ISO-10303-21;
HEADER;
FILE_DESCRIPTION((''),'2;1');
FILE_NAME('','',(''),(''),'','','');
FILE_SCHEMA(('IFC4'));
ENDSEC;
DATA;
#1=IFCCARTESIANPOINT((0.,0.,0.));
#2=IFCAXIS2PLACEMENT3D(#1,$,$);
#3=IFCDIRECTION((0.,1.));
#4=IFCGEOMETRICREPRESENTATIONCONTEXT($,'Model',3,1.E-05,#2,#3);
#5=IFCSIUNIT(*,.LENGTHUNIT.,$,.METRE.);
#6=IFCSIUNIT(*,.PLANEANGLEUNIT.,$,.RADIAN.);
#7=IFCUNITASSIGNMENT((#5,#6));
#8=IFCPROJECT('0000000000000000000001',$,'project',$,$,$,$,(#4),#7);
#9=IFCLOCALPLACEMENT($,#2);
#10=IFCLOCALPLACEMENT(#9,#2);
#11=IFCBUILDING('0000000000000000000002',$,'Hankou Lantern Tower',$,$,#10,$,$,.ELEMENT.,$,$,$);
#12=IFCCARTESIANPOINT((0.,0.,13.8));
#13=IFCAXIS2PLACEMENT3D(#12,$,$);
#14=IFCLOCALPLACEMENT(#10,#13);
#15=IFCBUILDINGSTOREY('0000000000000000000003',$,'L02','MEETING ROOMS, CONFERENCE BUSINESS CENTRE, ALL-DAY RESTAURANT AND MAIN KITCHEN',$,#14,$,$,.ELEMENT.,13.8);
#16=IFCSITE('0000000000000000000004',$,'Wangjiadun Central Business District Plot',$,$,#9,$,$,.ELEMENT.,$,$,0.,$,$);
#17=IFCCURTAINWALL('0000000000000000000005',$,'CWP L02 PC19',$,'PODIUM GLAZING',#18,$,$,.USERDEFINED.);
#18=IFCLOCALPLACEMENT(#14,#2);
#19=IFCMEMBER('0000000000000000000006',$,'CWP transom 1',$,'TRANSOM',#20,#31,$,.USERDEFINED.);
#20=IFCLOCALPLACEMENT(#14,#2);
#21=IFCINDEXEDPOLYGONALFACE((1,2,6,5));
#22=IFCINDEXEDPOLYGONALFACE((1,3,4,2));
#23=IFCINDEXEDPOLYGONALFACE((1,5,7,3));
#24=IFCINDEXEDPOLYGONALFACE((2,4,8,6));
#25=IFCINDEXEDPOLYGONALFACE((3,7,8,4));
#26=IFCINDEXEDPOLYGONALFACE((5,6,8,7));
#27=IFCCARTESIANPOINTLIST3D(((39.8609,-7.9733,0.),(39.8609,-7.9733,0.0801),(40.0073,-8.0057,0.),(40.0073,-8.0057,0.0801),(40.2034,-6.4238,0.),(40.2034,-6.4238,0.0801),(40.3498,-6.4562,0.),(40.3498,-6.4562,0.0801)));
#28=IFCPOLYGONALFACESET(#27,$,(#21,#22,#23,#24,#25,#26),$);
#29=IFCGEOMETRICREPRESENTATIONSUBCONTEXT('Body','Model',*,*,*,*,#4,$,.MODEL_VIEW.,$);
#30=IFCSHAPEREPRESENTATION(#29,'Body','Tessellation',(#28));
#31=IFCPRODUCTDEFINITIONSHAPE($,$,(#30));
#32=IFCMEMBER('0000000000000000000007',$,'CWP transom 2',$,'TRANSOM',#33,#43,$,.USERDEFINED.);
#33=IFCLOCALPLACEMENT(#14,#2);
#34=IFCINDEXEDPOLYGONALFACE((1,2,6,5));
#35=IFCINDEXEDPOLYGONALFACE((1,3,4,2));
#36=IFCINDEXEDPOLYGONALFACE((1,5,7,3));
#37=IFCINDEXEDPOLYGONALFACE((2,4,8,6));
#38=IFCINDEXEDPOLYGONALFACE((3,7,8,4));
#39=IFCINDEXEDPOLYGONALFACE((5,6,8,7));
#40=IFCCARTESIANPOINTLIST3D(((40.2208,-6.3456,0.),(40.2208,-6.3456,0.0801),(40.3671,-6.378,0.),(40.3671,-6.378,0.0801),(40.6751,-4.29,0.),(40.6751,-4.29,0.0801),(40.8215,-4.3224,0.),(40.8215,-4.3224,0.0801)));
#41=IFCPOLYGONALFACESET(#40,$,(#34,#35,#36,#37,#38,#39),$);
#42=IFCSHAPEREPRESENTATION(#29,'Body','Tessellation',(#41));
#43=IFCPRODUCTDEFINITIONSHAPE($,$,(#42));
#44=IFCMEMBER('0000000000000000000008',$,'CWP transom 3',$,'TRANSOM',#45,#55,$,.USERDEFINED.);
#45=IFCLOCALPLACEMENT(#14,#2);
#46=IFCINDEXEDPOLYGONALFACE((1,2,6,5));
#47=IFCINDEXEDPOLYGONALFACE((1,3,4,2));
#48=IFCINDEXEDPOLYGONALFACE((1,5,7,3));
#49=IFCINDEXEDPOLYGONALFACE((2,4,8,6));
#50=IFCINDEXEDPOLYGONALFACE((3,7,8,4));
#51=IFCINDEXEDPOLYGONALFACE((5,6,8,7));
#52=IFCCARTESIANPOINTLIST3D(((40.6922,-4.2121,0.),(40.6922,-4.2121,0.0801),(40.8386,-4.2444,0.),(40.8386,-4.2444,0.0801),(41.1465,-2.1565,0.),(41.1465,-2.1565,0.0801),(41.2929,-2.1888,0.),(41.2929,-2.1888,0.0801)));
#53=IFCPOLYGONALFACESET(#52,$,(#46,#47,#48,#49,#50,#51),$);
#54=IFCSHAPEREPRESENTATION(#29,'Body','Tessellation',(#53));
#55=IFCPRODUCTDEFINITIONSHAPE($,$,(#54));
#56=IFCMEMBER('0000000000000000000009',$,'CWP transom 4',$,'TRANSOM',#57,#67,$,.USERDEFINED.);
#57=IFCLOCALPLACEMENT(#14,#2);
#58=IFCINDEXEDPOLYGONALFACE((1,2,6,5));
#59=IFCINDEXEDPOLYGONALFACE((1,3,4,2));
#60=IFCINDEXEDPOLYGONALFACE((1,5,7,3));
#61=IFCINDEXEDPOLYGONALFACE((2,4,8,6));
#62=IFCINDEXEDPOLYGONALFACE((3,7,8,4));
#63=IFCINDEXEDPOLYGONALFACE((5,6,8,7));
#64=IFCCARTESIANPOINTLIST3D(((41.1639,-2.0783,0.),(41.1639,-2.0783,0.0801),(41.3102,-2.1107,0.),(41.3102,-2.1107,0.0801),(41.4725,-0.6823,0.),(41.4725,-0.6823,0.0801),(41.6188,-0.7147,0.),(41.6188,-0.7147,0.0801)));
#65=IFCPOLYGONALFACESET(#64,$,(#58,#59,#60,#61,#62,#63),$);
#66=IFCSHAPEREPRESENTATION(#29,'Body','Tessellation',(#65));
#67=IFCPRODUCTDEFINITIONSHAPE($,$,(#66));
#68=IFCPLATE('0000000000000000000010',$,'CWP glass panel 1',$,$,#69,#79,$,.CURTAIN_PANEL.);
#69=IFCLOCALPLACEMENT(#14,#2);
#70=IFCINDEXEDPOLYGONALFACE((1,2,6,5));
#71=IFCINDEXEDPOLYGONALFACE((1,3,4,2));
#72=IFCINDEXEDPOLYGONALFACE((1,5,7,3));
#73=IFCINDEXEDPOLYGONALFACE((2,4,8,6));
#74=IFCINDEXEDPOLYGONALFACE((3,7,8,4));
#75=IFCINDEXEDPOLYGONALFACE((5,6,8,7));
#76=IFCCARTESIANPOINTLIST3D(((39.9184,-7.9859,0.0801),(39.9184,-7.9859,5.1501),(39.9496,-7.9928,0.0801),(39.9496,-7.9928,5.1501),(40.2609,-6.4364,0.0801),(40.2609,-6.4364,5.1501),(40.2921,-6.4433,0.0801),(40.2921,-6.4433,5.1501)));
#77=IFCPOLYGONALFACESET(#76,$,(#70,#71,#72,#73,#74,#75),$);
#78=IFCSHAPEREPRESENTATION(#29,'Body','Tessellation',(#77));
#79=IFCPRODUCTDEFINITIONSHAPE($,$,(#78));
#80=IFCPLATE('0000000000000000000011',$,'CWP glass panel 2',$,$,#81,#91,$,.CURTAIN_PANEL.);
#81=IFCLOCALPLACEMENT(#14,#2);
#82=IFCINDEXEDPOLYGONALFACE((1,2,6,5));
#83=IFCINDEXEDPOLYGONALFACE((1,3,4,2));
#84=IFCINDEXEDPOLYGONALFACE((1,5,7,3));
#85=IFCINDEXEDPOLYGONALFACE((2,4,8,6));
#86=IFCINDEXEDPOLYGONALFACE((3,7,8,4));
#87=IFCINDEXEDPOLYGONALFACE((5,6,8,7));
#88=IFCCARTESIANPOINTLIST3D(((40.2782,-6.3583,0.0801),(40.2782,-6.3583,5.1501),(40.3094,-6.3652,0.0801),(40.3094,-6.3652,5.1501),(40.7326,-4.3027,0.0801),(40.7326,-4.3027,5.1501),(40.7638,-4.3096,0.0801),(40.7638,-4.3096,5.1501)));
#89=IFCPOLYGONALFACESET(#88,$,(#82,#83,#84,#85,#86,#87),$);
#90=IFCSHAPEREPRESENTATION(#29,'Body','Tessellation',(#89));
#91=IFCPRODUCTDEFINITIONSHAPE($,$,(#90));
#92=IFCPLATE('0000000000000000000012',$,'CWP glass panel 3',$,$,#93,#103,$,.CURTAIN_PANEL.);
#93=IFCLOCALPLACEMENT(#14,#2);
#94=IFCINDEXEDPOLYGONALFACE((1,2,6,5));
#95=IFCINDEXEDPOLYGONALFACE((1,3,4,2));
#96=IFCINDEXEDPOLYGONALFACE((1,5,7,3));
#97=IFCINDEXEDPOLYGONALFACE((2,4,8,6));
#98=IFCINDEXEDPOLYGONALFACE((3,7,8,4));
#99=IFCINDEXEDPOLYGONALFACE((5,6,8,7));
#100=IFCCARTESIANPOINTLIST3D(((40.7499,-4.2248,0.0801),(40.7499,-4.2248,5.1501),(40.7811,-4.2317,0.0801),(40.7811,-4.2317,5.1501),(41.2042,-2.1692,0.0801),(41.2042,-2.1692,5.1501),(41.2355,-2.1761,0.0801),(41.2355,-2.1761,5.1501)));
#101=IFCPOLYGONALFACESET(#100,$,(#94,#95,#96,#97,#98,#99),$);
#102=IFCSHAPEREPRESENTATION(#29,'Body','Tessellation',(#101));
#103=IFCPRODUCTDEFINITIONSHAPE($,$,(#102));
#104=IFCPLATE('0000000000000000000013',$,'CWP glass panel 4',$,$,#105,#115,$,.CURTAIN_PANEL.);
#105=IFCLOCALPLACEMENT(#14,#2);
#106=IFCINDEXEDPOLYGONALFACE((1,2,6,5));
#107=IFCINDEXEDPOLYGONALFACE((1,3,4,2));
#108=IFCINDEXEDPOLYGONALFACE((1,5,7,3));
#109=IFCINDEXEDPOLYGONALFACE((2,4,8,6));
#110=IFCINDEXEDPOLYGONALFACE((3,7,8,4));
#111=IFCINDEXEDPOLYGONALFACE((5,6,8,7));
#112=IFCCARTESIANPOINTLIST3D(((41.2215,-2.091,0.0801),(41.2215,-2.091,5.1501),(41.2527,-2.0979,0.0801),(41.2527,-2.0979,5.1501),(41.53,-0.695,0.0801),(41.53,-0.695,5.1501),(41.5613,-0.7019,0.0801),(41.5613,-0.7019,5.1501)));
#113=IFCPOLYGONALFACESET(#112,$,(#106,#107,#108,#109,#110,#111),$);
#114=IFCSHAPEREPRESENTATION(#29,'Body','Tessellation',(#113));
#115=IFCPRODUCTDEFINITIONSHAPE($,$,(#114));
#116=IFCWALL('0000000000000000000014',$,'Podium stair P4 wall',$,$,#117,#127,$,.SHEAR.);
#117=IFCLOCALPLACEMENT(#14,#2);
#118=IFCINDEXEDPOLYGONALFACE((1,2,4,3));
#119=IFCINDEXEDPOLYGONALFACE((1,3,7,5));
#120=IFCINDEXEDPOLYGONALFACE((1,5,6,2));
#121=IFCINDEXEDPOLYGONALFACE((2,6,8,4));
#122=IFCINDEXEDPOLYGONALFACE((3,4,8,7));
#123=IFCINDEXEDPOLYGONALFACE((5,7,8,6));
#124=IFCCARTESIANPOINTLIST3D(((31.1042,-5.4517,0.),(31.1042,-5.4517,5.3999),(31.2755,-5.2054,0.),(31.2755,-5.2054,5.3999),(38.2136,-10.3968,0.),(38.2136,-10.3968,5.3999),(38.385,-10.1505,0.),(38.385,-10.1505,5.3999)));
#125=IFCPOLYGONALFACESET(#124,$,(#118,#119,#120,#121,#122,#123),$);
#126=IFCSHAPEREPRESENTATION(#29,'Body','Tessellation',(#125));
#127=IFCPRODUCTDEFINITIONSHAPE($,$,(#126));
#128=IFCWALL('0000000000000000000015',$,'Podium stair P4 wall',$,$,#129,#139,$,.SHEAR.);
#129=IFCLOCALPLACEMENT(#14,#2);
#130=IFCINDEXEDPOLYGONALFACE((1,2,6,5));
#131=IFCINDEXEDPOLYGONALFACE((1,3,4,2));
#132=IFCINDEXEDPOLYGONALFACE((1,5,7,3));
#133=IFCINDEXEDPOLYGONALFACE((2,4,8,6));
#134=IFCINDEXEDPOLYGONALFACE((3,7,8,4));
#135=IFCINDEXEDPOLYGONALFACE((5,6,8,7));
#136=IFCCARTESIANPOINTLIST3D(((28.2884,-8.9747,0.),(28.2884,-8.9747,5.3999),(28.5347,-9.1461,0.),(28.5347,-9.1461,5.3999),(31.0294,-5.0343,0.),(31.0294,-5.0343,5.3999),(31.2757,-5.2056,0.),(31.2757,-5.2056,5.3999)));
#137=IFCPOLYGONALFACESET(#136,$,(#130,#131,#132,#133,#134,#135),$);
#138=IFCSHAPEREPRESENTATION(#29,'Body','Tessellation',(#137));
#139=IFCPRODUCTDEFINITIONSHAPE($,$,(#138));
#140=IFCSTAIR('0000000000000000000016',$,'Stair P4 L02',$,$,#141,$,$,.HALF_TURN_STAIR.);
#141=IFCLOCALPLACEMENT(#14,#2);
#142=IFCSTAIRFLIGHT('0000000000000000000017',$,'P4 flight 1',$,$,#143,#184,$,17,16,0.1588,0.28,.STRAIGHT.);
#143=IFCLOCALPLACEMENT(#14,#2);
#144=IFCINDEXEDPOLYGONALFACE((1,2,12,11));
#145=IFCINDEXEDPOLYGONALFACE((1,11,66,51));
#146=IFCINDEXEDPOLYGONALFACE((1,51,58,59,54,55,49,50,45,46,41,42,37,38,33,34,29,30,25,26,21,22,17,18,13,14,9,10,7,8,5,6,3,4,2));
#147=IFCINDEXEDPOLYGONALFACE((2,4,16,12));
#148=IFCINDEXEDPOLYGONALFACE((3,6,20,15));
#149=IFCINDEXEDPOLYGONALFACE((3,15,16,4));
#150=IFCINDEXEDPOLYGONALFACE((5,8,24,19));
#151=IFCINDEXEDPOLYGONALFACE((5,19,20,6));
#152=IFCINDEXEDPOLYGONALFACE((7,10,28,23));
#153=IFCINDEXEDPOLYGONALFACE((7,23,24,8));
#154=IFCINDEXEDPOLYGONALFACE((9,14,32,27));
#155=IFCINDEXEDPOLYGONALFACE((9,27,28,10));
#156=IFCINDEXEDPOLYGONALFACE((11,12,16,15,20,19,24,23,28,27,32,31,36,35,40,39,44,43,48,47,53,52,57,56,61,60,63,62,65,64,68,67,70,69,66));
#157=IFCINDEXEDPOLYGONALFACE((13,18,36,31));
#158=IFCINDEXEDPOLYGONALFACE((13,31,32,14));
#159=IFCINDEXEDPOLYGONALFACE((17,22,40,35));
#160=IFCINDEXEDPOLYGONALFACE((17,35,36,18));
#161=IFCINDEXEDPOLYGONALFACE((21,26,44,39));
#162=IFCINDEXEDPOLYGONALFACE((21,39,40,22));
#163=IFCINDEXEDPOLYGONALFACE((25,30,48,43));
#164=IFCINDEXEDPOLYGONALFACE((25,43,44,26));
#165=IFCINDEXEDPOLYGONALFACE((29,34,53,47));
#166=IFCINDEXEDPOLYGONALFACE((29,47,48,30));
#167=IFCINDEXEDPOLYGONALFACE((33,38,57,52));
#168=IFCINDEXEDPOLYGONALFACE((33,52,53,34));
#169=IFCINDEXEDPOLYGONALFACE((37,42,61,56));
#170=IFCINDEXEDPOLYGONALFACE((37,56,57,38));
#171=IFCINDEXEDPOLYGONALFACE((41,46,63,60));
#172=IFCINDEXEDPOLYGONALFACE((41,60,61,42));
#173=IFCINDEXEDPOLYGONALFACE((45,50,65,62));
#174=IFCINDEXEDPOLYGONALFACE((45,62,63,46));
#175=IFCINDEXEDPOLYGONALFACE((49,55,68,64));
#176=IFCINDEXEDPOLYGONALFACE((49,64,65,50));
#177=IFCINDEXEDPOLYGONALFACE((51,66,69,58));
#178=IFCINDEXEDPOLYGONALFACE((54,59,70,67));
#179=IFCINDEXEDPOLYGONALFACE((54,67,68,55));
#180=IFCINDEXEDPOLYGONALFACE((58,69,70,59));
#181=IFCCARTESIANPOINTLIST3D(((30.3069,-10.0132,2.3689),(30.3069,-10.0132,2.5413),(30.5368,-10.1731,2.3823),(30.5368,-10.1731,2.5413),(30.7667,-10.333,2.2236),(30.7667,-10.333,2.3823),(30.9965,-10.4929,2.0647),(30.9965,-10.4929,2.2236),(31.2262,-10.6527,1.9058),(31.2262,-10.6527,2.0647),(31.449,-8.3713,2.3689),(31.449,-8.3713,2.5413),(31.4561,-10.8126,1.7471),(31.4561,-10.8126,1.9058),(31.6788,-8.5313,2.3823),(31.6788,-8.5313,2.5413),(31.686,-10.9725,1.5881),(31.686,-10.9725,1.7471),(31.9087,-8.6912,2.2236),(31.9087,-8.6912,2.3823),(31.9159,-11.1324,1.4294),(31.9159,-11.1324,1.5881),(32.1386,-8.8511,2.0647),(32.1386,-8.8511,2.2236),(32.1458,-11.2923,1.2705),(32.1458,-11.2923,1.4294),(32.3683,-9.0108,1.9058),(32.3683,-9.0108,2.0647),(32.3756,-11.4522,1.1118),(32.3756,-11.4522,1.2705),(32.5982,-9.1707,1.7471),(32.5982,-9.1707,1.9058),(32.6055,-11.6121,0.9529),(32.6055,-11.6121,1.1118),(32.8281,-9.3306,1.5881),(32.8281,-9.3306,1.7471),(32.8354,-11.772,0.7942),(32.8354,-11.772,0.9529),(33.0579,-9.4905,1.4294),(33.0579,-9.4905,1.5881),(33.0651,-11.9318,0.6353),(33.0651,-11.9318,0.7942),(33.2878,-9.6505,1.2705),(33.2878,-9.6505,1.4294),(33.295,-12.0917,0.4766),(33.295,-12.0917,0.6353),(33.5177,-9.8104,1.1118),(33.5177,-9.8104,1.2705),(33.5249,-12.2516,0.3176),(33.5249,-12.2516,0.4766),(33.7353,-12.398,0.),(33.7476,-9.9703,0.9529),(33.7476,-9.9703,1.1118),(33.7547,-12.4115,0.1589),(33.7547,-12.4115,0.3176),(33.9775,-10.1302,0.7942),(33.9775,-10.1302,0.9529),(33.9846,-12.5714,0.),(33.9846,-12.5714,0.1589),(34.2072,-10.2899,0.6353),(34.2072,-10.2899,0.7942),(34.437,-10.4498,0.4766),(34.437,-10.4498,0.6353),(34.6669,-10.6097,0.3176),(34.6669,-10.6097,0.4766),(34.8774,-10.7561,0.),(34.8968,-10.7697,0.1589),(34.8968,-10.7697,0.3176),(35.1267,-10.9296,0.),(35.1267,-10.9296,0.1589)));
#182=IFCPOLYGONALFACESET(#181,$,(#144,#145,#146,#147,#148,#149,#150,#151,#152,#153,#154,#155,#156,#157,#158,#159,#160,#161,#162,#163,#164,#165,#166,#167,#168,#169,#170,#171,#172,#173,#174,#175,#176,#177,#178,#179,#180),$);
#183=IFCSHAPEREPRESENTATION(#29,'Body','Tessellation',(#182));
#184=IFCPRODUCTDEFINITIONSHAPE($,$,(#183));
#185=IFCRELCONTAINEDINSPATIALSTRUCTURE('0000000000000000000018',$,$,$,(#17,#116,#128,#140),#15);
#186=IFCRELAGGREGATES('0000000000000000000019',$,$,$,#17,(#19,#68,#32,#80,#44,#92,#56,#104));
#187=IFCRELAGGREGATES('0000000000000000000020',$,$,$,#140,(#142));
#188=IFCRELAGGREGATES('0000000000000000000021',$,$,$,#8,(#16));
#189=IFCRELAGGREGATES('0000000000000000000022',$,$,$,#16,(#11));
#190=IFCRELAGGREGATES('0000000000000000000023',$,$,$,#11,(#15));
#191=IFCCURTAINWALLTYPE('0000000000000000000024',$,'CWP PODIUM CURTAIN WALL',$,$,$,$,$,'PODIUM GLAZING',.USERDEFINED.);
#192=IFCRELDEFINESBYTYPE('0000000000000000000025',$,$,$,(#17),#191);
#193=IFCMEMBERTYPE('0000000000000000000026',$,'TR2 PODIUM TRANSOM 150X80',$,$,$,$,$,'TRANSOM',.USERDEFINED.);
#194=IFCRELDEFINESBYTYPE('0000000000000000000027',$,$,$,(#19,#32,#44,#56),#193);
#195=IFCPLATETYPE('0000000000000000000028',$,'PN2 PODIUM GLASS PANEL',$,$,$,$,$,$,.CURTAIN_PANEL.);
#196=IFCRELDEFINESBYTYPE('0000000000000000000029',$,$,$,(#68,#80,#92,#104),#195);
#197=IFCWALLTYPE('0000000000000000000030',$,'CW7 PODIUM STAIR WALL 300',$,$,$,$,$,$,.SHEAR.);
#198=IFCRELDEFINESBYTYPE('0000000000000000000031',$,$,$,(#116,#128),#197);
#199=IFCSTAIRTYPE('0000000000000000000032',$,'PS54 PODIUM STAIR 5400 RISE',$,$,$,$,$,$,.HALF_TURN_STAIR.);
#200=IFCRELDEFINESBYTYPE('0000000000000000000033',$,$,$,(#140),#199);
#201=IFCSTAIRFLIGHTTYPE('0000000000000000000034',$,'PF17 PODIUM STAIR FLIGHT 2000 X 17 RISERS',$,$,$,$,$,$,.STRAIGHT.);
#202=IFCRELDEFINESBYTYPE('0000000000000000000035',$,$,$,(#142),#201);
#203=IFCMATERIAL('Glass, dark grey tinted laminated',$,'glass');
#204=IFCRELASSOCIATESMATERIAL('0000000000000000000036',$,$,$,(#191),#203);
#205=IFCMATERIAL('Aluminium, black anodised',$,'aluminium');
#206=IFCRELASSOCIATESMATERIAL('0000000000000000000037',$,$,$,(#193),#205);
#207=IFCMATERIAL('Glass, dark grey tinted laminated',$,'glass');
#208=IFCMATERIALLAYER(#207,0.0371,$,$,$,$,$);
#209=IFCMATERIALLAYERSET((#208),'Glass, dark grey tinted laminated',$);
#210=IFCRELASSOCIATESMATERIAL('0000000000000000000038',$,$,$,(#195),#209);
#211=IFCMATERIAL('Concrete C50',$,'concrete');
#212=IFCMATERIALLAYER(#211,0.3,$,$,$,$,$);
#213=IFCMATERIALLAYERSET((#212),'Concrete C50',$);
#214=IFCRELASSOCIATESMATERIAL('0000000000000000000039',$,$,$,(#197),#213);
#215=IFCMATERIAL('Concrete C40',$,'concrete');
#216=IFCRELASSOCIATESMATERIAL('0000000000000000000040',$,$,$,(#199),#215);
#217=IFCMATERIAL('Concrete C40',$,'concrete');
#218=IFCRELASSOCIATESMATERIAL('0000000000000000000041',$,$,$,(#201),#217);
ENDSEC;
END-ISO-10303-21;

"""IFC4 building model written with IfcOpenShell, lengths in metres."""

from ifc_helpers import new_model, si_unit, direction, frame, frame_2d, origin, origin_2d, place, context, subcontext, project, spatial, polyline, rectangle, outline, extrude, material, layer, layer_set, material_profile, profile_set, type_object, element, aggregate, save


model = new_model("IFC4")

# Units and contexts
model_context = context("Model", 3, precision=1e-05, world=origin(), true_north=direction((0.0, 1.0)))
body_context = subcontext(model_context, "Body", "Model", "MODEL_VIEW")
ifc_project = project(units=[si_unit("LENGTHUNIT", "METRE"), si_unit("PLANEANGLEUNIT", "RADIAN")], contexts=[model_context])

# Site, building, storey
site_placement = place(None, origin())
site = spatial("IfcSite", under=ifc_project, at=site_placement, Name="Wangjiadun Central Business District Plot", CompositionType="ELEMENT", RefElevation=0.0)
building_placement = place(site_placement, origin())
building = spatial("IfcBuilding", under=site, at=building_placement, Name="Hankou Lantern Tower", CompositionType="ELEMENT")
storey_placement = place(building_placement, frame((0.0, 0.0, 13.8)))
storey = spatial("IfcBuildingStorey", under=building, at=storey_placement, Name="L02", Description="MEETING ROOMS, CONFERENCE BUSINESS CENTRE, ALL-DAY RESTAURANT AND MAIN KITCHEN", CompositionType="ELEMENT", Elevation=13.8)

# Curtain wall
ifc_material_1 = material(Name="Glass, dark grey tinted laminated", Category="glass")
curtain_wall_type = type_object("IfcCurtainWallType", Name="CWP PODIUM CURTAIN WALL", ElementType="PODIUM GLAZING", PredefinedType="USERDEFINED", material=ifc_material_1)
curtain_wall_placement = place(storey_placement, origin())
curtain_wall = element("IfcCurtainWall", 1, at=curtain_wall_placement, inside=storey, type_object=curtain_wall_type, Name="CWP L02 PC19", ObjectType="PODIUM GLAZING", PredefinedType="USERDEFINED")

# Members
ifc_material_2 = material(Name="Aluminium, black anodised", Category="aluminium")
ifc_material_profile_1 = material_profile(ifc_material_2, rectangle(XDim=0.1499, YDim=0.0801, at=origin_2d()), Name="TR2 150X80")
ifc_profile_set_1 = profile_set([ifc_material_profile_1], Name="Aluminium, black anodised")
member_type_1 = type_object("IfcMemberType", Name="TR2 PODIUM TRANSOM 150X80", ElementType="TRANSOM", PredefinedType="USERDEFINED", material=ifc_profile_set_1)
member_1_placement = place(storey_placement, frame((39.9341, -7.9895, 0.04), z_axis=(0.215839, 0.976429, 0.0), x_axis=(-0.976429, 0.215839, 0.0)))
member_1 = element("IfcMember", 2, at=member_1_placement, type_object=member_type_1, Name="CWP transom 1", ObjectType="TRANSOM", PredefinedType="USERDEFINED", context=body_context, shape_type="SweptSolid", body=[
    extrude(rectangle(XDim=0.1499, YDim=0.0801, at=origin_2d()), origin(), (0.0, 0.0, 1.0), 1.5869),
])
member_2_placement = place(storey_placement, frame((40.2939, -6.3618, 0.04), z_axis=(0.215813, 0.976435, 0.0), x_axis=(-0.976435, 0.215813, 0.0)))
member_2 = element("IfcMember", 3, at=member_2_placement, type_object=member_type_1, Name="CWP transom 2", ObjectType="TRANSOM", PredefinedType="USERDEFINED", context=body_context, shape_type="SweptSolid", body=[
    extrude(rectangle(XDim=0.1499, YDim=0.0801, at=origin_2d()), origin(), (0.0, 0.0, 1.0), 2.1052),
])
member_3_placement = place(storey_placement, frame((40.7654, -4.2283, 0.04), z_axis=(0.215813, 0.976435, 0.0), x_axis=(-0.976435, 0.215813, 0.0)))
member_3 = element("IfcMember", 4, at=member_3_placement, type_object=member_type_1, Name="CWP transom 3", ObjectType="TRANSOM", PredefinedType="USERDEFINED", context=body_context, shape_type="SweptSolid", body=[
    extrude(rectangle(XDim=0.1499, YDim=0.0801, at=origin_2d()), origin(), (0.0, 0.0, 1.0), 2.1052),
])
member_4_placement = place(storey_placement, frame((41.2371, -2.0945, 0.04), z_axis=(0.215845, 0.976428, 0.0), x_axis=(-0.976428, 0.215845, 0.0)))
member_4 = element("IfcMember", 5, at=member_4_placement, type_object=member_type_1, Name="CWP transom 4", ObjectType="TRANSOM", PredefinedType="USERDEFINED", context=body_context, shape_type="SweptSolid", body=[
    extrude(rectangle(XDim=0.1499, YDim=0.0801, at=origin_2d()), origin(), (0.0, 0.0, 1.0), 1.4297),
])

# Plates
ifc_material_3 = material(Name="Glass, dark grey tinted laminated", Category="glass")
ifc_layer_1 = layer(ifc_material_3, 0.0371)
ifc_layer_set_1 = layer_set([ifc_layer_1], Name="Glass, dark grey tinted laminated")
plate_type = type_object("IfcPlateType", Name="PN2 PODIUM GLASS PANEL", PredefinedType="CURTAIN_PANEL", material=ifc_layer_set_1)
plate_1_placement = place(storey_placement, frame((40.1052, -7.2146, 0.0801), z_axis=(0.0, 0.0, 1.0), x_axis=(0.215821, 0.976433, 0.0)))
plate_1 = element("IfcPlate", 6, at=plate_1_placement, type_object=plate_type, Name="CWP glass panel 1", PredefinedType="CURTAIN_PANEL", context=body_context, shape_type="SweptSolid", body=[
    extrude(rectangle(XDim=1.5869, YDim=0.032, at=origin_2d()), origin(), (0.0, 0.0, 1.0), 5.0701),
])
plate_2_placement = place(storey_placement, frame((40.521, -5.334, 0.0801), z_axis=(0.0, 0.0, 1.0), x_axis=(0.215821, 0.976433, 0.0)))
plate_2 = element("IfcPlate", 7, at=plate_2_placement, type_object=plate_type, Name="CWP glass panel 2", PredefinedType="CURTAIN_PANEL", context=body_context, shape_type="SweptSolid", body=[
    extrude(rectangle(XDim=2.1052, YDim=0.032, at=origin_2d()), origin(), (0.0, 0.0, 1.0), 5.0701),
])
plate_3_placement = place(storey_placement, frame((40.9927, -3.2004, 0.0801), z_axis=(0.0, 0.0, 1.0), x_axis=(0.215821, 0.976433, 0.0)))
plate_3 = element("IfcPlate", 8, at=plate_3_placement, type_object=plate_type, Name="CWP glass panel 3", PredefinedType="CURTAIN_PANEL", context=body_context, shape_type="SweptSolid", body=[
    extrude(rectangle(XDim=2.1052, YDim=0.032, at=origin_2d()), origin(), (0.0, 0.0, 1.0), 5.0701),
])
plate_4_placement = place(storey_placement, frame((41.3914, -1.3965, 0.0801), z_axis=(0.0, 0.0, 1.0), x_axis=(0.215821, 0.976433, 0.0)))
plate_4 = element("IfcPlate", 9, at=plate_4_placement, type_object=plate_type, Name="CWP glass panel 4", PredefinedType="CURTAIN_PANEL", context=body_context, shape_type="SweptSolid", body=[
    extrude(rectangle(XDim=1.4297, YDim=0.032, at=origin_2d()), origin(), (0.0, 0.0, 1.0), 5.0701),
])
aggregate(curtain_wall, [member_1, plate_1, member_2, plate_2, member_3, plate_3, member_4, plate_4])

# Walls
ifc_material_4 = material(Name="Concrete C50", Category="concrete")
ifc_layer_2 = layer(ifc_material_4, 0.3)
ifc_layer_set_2 = layer_set([ifc_layer_2], Name="Concrete C50")
wall_type = type_object("IfcWallType", Name="CW7 PODIUM STAIR WALL 300", PredefinedType="SHEAR", material=ifc_layer_set_2)
wall_1_placement = place(storey_placement, frame((38.2993, -10.2737, 0.0), z_axis=(0.0, 0.0, 1.0), x_axis=(-0.820937, 0.571019, 0.0)))
element("IfcWall", 10, at=wall_1_placement, inside=storey, type_object=wall_type, Name="Podium stair P4 wall", PredefinedType="SHEAR", context=body_context, shape_type="SweptSolid", body=[
    extrude(rectangle(XDim=8.6602, YDim=0.3, at=frame_2d((4.3301, 0.0))), origin(), (0.0, 0.0, 1.0), 5.3999),
])
wall_2_placement = place(storey_placement, frame((28.4116, -9.0603, 0.0), z_axis=(0.0, 0.0, 1.0), x_axis=(0.571036, 0.820925, 0.0)))
element("IfcWall", 11, at=wall_2_placement, inside=storey, type_object=wall_type, Name="Podium stair P4 wall", PredefinedType="SHEAR", context=body_context, shape_type="SweptSolid", body=[
    extrude(rectangle(XDim=4.8, YDim=0.3, at=frame_2d((2.3999, 0.0))), origin(), (0.0, 0.0, 1.0), 5.3999),
])

# Stair, stair flight
ifc_material_5 = material(Name="Concrete C40", Category="concrete")
stair_type = type_object("IfcStairType", Name="PS54 PODIUM STAIR 5400 RISE", PredefinedType="HALF_TURN_STAIR", material=ifc_material_5)
stair_placement = place(storey_placement, origin())
stair = element("IfcStair", 12, at=stair_placement, inside=storey, type_object=stair_type, Name="Stair P4 L02", PredefinedType="HALF_TURN_STAIR")
ifc_material_6 = material(Name="Concrete C40", Category="concrete")
stair_flight_type = type_object("IfcStairFlightType", Name="PF17 PODIUM STAIR FLIGHT 2000 X 17 RISERS", PredefinedType="STRAIGHT", material=ifc_material_6)
stair_flight_1_placement = place(storey_placement, frame((34.5557, -11.7505, 0.0), z_axis=(0.0, 0.0, 1.0), x_axis=(-0.820927, 0.571033, 0.0)))
stair_flight_1 = element("IfcStairFlight", 13, at=stair_flight_1_placement, type_object=stair_flight_type, Name="P4 flight 1", NumberOfRisers=17, NumberOfTreads=16, PredefinedType="STRAIGHT", RiserHeight=0.1588, TreadLength=0.28, context=body_context, shape_type="SweptSolid", body=[
    extrude(outline(polyline([(0.0, 0.0), (0.0, 0.1589), (0.28, 0.1589), (0.28, 0.3176), (0.5601, 0.3176), (0.5601, 0.4766), (0.8401, 0.4766), (0.8401, 0.6353), (1.1201, 0.6353), (1.1201, 0.7942), (1.3999, 0.7942), (1.3999, 0.9529), (1.6799, 0.9529), (1.6799, 1.1118), (1.96, 1.1118), (1.96, 1.2705), (2.24, 1.2705), (2.24, 1.4294), (2.52, 1.4294), (2.52, 1.5881), (2.8, 1.5881), (2.8, 1.7471), (3.0801, 1.7471), (3.0801, 1.9058), (3.3601, 1.9058), (3.3601, 2.0647), (3.6399, 2.0647), (3.6399, 2.2236), (3.9199, 2.2236), (3.9199, 2.3823), (4.2, 2.3823), (4.2, 2.5413), (4.48, 2.5413), (4.48, 2.7), (4.48, 2.3689), (0.3037, 0.0), (0.0, 0.0)])), frame((0.0, 1.0, 0.0), z_axis=(0.0, -1.0, 0.0), x_axis=(1.0, 0.0, 0.0)), (0.0, 0.0, 1.0), 2.0),
])
aggregate(stair, [stair_flight_1])

save(model, "model.ifc")
